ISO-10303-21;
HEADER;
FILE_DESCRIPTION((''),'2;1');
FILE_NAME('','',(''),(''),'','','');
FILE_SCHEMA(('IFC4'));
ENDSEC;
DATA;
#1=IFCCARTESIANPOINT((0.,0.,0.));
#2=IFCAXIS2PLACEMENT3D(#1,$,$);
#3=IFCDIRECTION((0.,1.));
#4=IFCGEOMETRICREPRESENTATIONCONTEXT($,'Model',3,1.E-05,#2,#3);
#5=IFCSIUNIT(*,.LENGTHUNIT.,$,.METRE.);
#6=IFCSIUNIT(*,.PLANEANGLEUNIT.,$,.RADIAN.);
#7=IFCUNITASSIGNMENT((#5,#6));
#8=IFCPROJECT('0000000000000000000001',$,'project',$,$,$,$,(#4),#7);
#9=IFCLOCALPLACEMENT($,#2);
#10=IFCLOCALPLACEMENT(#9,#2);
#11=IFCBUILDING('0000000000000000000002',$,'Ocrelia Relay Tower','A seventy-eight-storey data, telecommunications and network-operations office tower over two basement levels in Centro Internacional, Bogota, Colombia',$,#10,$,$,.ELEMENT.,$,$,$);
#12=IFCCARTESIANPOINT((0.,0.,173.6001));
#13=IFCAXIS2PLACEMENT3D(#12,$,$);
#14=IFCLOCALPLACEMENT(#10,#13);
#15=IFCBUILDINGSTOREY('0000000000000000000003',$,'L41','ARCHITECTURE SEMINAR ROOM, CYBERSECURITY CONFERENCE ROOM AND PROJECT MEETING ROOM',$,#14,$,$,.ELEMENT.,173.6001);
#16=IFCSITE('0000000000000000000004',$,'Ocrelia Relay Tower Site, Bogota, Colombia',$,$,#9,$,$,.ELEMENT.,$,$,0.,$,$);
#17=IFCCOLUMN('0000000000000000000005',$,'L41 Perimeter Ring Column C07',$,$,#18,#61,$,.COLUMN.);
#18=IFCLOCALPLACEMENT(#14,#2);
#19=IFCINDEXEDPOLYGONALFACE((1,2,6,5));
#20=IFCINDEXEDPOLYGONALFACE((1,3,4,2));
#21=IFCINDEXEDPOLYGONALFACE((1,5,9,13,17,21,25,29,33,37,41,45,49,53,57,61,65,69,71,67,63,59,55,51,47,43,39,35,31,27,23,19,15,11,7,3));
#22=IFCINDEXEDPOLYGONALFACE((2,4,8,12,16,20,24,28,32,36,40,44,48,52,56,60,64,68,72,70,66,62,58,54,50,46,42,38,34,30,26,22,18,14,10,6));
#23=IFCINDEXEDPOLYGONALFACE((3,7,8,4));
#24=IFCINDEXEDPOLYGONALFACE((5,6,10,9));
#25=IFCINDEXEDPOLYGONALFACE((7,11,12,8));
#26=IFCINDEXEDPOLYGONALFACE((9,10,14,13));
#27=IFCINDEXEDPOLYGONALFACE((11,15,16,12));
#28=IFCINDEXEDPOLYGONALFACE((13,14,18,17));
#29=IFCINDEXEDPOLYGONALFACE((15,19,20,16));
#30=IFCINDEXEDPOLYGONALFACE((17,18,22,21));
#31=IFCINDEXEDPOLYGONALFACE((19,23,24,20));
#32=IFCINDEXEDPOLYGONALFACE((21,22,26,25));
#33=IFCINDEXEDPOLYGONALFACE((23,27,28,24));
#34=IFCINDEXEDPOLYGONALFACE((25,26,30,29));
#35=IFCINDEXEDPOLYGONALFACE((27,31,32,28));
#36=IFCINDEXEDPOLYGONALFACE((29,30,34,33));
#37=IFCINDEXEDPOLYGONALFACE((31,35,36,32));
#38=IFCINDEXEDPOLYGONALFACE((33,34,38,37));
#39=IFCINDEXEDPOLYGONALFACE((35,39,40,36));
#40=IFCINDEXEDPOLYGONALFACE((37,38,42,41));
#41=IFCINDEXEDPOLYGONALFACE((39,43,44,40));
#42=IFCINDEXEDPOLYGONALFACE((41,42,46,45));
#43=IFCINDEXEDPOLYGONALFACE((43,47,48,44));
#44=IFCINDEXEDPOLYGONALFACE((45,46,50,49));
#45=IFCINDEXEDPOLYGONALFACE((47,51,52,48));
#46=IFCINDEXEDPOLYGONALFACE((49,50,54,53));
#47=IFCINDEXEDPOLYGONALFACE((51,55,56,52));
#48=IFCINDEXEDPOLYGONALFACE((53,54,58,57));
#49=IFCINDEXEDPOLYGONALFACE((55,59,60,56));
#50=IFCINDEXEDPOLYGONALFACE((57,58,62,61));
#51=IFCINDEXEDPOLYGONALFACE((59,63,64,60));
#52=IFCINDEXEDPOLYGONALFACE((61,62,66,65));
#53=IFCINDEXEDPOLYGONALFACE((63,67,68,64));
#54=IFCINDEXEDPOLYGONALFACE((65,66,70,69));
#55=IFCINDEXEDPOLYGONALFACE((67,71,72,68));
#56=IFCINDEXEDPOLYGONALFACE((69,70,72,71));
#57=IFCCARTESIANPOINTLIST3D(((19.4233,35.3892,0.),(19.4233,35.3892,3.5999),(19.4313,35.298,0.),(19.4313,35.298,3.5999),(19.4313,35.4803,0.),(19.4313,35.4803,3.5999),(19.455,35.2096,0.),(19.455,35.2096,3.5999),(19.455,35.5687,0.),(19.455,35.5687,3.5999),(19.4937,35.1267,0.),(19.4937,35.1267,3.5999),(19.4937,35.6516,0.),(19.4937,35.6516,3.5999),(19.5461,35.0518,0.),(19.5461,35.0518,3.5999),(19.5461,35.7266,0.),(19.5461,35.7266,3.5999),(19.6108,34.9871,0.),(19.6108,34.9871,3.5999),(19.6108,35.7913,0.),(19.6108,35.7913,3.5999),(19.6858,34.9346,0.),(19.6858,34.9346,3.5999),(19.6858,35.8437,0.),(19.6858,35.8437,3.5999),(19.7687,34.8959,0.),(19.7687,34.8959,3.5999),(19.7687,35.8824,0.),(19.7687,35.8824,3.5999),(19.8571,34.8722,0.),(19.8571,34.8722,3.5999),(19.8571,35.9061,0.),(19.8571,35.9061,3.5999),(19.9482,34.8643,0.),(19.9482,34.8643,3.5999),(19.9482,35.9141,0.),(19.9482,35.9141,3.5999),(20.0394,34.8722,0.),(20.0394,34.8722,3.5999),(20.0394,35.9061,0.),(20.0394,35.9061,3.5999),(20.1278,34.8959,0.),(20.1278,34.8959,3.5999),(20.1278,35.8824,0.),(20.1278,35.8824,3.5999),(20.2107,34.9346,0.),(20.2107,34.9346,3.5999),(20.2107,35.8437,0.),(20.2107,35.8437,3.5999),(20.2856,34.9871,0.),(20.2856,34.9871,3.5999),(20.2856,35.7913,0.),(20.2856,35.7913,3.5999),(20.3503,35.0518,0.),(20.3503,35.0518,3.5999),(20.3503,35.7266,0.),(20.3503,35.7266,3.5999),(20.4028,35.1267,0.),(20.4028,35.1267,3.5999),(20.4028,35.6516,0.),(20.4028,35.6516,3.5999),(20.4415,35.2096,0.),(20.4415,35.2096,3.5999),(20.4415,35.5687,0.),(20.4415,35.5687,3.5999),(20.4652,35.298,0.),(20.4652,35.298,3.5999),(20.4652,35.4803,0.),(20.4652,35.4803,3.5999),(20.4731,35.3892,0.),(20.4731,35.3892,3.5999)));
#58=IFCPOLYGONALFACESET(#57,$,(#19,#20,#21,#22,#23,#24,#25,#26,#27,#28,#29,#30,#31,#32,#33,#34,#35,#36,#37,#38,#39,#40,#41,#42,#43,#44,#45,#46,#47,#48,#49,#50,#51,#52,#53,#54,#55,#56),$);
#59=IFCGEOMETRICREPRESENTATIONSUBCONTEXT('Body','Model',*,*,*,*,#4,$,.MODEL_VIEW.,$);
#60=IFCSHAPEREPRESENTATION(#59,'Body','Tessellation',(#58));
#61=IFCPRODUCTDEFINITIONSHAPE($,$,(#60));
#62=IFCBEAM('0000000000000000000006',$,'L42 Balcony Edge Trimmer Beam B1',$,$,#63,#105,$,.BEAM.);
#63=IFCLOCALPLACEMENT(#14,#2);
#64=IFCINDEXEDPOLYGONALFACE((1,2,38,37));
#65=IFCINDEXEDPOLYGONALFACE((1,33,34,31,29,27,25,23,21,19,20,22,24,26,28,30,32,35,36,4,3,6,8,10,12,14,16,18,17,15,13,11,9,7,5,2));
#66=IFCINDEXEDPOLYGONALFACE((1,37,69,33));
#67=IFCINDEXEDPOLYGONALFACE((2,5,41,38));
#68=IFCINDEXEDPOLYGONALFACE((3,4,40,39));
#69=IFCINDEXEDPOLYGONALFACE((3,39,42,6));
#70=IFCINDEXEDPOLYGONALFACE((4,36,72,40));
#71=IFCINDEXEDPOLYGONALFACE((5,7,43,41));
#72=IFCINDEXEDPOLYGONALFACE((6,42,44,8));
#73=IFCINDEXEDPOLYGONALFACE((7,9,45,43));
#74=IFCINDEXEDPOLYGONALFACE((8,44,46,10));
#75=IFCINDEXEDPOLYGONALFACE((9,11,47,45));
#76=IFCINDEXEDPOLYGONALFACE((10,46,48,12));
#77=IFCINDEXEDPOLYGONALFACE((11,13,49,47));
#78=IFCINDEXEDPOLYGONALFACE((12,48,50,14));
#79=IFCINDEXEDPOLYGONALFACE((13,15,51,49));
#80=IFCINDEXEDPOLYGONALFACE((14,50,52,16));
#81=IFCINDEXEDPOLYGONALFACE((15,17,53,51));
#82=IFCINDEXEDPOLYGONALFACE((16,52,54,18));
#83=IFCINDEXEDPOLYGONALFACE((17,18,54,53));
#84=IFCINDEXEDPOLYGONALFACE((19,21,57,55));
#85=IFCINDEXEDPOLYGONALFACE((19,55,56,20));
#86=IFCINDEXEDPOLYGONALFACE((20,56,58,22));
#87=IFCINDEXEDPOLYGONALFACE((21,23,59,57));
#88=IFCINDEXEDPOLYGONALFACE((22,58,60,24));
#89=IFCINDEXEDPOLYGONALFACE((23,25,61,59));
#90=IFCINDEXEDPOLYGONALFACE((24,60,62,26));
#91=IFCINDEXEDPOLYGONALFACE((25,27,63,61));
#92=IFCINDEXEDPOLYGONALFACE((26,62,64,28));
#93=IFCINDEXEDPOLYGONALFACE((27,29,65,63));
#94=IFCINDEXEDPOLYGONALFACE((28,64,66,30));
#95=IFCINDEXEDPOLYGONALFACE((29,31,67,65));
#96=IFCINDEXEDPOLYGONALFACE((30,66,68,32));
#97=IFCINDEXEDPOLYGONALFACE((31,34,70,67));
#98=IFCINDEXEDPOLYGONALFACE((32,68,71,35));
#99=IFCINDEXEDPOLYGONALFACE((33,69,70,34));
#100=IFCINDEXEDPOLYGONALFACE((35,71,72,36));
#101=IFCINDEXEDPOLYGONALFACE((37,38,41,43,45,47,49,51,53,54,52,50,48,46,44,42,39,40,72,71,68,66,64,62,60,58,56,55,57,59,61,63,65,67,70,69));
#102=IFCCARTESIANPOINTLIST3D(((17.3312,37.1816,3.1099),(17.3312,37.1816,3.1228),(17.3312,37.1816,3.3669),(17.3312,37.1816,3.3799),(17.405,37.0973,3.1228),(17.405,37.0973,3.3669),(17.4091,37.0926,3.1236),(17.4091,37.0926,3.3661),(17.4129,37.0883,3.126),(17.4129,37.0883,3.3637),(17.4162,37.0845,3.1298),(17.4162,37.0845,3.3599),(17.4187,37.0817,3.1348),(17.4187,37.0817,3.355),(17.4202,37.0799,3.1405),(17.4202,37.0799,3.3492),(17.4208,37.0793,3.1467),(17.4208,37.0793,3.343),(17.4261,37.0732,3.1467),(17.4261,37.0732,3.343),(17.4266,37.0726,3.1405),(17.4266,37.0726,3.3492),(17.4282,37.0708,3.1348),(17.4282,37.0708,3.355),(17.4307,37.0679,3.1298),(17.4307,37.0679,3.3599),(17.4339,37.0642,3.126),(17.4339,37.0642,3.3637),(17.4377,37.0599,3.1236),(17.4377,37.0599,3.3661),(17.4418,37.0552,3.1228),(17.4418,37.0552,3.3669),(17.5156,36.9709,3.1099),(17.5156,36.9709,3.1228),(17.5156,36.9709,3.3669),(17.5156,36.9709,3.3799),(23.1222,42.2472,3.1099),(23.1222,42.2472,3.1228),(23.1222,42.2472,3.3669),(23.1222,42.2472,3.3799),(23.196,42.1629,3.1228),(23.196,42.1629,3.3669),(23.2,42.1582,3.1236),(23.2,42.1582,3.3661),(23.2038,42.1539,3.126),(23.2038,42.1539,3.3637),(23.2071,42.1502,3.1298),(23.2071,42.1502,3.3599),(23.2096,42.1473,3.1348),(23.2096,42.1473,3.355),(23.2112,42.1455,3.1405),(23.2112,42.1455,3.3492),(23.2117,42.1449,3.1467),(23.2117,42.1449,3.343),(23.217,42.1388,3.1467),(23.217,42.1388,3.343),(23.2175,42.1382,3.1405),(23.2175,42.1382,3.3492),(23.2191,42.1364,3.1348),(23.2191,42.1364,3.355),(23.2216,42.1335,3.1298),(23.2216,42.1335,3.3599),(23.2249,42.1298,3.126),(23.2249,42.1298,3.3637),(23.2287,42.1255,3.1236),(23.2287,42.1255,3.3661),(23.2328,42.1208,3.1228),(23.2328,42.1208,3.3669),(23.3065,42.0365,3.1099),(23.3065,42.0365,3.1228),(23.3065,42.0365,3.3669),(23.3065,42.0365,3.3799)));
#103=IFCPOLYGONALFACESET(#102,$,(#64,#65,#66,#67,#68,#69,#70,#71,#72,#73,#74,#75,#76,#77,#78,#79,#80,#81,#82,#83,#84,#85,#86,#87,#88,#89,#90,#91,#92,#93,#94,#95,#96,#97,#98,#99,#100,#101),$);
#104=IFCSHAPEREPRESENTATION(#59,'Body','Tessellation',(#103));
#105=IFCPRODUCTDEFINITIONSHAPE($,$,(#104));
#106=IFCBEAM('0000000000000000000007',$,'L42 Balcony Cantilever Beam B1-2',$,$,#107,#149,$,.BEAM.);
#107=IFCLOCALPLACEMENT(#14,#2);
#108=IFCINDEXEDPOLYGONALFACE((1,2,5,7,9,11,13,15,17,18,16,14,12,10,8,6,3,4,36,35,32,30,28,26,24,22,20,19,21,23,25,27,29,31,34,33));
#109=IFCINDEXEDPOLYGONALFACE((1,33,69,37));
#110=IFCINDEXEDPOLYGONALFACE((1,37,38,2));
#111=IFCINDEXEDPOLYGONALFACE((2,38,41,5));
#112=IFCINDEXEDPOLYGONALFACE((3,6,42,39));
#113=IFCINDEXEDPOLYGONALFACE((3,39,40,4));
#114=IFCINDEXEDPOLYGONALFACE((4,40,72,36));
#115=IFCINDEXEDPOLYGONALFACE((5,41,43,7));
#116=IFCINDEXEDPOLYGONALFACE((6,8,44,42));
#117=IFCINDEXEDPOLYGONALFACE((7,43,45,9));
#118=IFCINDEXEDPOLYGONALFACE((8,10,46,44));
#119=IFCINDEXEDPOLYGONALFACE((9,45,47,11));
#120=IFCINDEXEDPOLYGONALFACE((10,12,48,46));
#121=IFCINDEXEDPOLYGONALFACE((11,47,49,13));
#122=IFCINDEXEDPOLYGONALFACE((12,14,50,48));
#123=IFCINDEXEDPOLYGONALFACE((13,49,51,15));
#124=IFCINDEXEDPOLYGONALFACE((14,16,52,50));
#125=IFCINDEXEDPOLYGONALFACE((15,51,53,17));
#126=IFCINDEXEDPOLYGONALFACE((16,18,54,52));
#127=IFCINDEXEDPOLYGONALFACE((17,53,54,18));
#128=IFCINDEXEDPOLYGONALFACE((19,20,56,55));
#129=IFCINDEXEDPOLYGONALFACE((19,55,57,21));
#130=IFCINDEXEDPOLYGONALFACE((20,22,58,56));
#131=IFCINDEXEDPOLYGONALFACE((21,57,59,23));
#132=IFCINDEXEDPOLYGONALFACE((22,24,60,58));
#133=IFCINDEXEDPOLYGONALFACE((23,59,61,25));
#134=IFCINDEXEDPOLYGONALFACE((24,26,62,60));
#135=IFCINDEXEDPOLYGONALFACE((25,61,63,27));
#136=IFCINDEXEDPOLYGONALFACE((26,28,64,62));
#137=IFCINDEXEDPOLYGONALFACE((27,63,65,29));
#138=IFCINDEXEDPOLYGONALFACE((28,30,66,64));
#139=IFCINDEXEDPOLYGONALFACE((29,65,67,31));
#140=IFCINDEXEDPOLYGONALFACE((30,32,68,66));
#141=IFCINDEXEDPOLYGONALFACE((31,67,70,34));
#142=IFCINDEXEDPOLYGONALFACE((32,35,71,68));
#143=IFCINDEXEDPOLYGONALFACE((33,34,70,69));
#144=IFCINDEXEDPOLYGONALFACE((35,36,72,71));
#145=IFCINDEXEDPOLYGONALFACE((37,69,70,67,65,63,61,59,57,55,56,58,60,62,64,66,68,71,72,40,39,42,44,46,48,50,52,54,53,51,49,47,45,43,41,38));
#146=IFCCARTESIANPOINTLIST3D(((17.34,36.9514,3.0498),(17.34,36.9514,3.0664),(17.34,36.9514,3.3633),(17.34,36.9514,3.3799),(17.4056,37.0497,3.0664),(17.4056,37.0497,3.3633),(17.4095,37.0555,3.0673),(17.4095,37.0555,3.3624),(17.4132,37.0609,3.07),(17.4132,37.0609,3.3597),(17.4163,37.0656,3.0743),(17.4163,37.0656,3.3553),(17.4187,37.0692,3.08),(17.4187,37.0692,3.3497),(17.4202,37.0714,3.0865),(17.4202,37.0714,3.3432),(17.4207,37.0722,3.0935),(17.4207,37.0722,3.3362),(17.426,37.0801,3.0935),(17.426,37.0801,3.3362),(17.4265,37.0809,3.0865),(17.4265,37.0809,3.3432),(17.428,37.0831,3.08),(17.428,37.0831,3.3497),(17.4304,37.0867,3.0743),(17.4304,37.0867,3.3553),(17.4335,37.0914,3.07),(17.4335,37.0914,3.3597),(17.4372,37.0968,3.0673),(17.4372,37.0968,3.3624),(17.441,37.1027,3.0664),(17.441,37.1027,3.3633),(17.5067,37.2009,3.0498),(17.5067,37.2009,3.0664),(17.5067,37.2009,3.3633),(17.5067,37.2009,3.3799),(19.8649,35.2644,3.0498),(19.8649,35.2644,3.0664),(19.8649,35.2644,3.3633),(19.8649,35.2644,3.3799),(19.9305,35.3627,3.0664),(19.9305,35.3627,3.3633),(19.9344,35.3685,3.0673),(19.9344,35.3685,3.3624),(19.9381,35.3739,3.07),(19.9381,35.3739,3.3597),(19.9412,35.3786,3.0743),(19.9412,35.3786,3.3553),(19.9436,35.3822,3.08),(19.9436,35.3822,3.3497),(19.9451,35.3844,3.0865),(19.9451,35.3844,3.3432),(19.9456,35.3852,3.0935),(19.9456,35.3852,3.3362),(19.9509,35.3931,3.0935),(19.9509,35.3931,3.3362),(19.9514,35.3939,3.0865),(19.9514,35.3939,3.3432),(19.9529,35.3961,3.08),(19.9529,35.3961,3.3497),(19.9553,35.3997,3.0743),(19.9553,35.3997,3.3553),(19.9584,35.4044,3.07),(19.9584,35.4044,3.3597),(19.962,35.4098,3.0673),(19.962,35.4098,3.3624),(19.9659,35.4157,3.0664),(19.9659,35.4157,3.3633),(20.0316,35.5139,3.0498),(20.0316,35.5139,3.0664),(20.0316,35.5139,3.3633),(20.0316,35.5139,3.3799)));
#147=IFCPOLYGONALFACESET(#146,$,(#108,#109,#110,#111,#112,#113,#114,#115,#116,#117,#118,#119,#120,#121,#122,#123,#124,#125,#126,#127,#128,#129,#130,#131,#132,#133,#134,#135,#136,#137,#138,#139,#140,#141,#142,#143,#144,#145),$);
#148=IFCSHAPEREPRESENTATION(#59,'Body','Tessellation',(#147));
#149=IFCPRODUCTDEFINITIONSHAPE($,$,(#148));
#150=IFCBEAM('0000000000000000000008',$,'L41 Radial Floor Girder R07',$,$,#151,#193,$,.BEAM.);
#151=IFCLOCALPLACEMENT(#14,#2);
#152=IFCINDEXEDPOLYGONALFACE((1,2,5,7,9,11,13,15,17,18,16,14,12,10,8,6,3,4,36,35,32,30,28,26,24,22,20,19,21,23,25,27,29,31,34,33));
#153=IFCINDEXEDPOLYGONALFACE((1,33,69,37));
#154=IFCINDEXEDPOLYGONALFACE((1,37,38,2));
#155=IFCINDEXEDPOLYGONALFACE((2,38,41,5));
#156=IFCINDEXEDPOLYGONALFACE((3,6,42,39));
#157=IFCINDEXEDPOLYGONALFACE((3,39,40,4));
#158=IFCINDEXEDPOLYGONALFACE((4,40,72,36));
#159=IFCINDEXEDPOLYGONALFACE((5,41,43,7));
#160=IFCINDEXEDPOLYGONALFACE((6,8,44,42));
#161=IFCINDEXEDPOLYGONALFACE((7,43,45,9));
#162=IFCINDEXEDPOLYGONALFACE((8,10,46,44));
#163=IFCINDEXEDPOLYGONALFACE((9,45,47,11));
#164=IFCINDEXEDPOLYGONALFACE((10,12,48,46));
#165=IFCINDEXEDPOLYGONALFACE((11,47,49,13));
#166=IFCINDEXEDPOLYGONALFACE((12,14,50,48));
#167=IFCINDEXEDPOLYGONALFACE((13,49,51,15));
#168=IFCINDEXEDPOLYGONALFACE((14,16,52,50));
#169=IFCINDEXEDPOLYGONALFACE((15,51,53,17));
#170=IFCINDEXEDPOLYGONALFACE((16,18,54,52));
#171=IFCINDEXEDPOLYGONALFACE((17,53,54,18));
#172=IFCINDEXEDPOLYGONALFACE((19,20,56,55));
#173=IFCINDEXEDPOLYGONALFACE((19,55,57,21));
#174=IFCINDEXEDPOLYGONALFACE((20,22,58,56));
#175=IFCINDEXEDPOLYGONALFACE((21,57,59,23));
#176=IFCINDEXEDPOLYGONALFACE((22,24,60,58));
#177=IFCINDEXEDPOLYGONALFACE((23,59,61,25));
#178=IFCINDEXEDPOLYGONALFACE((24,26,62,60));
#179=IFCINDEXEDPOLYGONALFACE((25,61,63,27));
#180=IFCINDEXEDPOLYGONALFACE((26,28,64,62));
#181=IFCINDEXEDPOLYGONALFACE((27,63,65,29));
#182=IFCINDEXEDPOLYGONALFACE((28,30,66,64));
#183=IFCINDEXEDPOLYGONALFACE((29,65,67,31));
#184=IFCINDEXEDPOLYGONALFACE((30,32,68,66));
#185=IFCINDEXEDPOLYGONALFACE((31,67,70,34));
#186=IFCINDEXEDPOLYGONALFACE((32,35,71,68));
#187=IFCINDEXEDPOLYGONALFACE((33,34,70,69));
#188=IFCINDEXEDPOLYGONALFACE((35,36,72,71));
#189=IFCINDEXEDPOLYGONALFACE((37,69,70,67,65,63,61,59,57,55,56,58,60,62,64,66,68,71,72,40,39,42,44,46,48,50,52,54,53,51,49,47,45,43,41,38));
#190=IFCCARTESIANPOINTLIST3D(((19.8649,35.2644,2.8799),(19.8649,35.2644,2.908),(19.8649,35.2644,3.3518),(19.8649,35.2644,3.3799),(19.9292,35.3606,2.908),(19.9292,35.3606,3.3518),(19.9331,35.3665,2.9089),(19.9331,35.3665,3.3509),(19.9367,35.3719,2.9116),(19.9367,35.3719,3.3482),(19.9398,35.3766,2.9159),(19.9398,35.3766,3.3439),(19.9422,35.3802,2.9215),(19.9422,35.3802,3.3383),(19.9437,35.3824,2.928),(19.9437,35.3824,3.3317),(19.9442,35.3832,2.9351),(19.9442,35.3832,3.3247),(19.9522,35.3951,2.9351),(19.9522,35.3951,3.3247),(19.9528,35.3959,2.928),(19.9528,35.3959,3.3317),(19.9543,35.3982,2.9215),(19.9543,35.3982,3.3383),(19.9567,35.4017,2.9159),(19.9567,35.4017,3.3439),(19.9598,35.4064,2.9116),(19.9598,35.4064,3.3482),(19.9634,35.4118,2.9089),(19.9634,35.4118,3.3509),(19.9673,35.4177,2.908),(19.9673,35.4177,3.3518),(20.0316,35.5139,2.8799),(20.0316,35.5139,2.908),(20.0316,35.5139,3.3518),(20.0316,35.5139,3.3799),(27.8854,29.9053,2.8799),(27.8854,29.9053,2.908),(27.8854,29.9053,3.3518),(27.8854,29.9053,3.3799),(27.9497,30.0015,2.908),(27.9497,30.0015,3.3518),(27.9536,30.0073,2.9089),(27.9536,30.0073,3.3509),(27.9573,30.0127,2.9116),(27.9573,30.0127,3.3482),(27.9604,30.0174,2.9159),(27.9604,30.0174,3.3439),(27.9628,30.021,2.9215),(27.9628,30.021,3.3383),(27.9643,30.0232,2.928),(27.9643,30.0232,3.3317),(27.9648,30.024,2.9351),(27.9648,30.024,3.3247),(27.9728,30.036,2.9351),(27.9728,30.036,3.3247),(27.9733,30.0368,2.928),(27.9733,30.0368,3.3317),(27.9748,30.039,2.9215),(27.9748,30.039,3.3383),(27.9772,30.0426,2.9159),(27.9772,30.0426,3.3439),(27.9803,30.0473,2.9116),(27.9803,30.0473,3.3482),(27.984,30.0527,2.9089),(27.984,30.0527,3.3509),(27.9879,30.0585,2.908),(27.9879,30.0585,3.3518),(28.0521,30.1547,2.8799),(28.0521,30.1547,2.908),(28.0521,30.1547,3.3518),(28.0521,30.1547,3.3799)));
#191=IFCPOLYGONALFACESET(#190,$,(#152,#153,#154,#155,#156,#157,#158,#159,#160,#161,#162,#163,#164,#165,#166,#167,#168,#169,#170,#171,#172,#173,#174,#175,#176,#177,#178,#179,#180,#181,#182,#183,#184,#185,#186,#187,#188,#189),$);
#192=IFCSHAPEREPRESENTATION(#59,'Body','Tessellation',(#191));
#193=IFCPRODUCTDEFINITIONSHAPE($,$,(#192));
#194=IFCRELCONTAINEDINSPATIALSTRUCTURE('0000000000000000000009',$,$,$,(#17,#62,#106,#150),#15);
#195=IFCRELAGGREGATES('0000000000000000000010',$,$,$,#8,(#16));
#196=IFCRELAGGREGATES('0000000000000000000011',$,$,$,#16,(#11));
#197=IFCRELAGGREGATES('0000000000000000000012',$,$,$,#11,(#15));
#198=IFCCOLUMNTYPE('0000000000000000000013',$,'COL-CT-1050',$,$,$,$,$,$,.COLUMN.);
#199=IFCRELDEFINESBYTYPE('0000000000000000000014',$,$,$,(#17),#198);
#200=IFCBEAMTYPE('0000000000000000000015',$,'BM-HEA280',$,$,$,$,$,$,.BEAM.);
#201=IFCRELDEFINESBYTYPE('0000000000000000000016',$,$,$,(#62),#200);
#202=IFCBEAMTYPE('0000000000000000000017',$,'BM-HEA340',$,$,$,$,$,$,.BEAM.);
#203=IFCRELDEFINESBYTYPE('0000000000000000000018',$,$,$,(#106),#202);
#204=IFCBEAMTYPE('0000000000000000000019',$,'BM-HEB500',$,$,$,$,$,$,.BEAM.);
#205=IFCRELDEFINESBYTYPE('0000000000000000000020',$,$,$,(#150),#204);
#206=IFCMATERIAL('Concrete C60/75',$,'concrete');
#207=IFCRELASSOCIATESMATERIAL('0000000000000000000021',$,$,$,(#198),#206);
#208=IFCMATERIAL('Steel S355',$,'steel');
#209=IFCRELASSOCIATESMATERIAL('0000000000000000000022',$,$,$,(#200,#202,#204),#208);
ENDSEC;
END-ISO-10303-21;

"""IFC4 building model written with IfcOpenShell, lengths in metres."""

from ifc_helpers import new_model, si_unit, direction, frame, origin, origin_2d, place, context, subcontext, project, spatial, circle, i_section, extrude, material, material_profile, profile_set, type_object, element, save


model = new_model("IFC4")

# Units and contexts
model_context = context("Model", 3, precision=1e-05, world=origin(), true_north=direction((0.0, 1.0)))
body_context = subcontext(model_context, "Body", "Model", "MODEL_VIEW")
ifc_project = project(units=[si_unit("LENGTHUNIT", "METRE"), si_unit("PLANEANGLEUNIT", "RADIAN")], contexts=[model_context])

# Site, building, storey
site_placement = place(None, origin())
site = spatial("IfcSite", under=ifc_project, at=site_placement, Name="Ocrelia Relay Tower Site, Bogota, Colombia", CompositionType="ELEMENT", RefElevation=0.0)
building_placement = place(site_placement, origin())
building = spatial("IfcBuilding", under=site, at=building_placement, Name="Ocrelia Relay Tower", Description="A seventy-eight-storey data, telecommunications and network-operations office tower over two basement levels in Centro Internacional, Bogota, Colombia", CompositionType="ELEMENT")
storey_placement = place(building_placement, frame((0.0, 0.0, 173.6001)))
storey = spatial("IfcBuildingStorey", under=building, at=storey_placement, Name="L41", Description="ARCHITECTURE SEMINAR ROOM, CYBERSECURITY CONFERENCE ROOM AND PROJECT MEETING ROOM", CompositionType="ELEMENT", Elevation=173.6001)

# Column
ifc_material_1 = material(Name="Concrete C60/75", Category="concrete")
ifc_material_profile_1 = material_profile(ifc_material_1, circle(Radius=0.5249, at=origin_2d()), Name="RC-CIR-1050")
ifc_profile_set_1 = profile_set([ifc_material_profile_1], Name="Concrete C60/75")
column_type = type_object("IfcColumnType", Name="COL-CT-1050", PredefinedType="COLUMN", material=ifc_profile_set_1)
column_placement = place(storey_placement, frame((19.9482, 35.3892, 0.0), z_axis=(0.0, 0.0, 1.0), x_axis=(1.0, 0.0, 0.0)))
element("IfcColumn", 1, at=column_placement, inside=storey, type_object=column_type, Name="L41 Perimeter Ring Column C07", PredefinedType="COLUMN", context=body_context, shape_type="SweptSolid", body=[
    extrude(circle(Radius=0.5249, at=origin_2d()), origin(), (0.0, 0.0, 1.0), 3.5999),
])

# Beams
ifc_material_2 = material(Name="Steel S355", Category="steel")
ifc_material_profile_2 = material_profile(ifc_material_2, i_section(OverallWidth=0.28, OverallDepth=0.27, WebThickness=0.0081, FlangeThickness=0.0129, FilletRadius=0.0239, at=origin_2d()), Name="HEA 280")
ifc_profile_set_2 = profile_set([ifc_material_profile_2], Name="Steel S355")
beam_type_1 = type_object("IfcBeamType", Name="BM-HEA280", PredefinedType="BEAM", material=ifc_profile_set_2)
beam_1_placement = place(storey_placement, frame((23.2144, 42.1418, 3.2449), z_axis=(-0.752671, -0.658397, 0.0), x_axis=(0.658397, -0.752671, 0.0)))
element("IfcBeam", 2, at=beam_1_placement, inside=storey, type_object=beam_type_1, Name="L42 Balcony Edge Trimmer Beam B1", PredefinedType="BEAM", context=body_context, shape_type="SweptSolid", body=[
    extrude(i_section(OverallWidth=0.28, OverallDepth=0.27, WebThickness=0.0081, FlangeThickness=0.0129, FilletRadius=0.0239, at=origin_2d()), origin(), (0.0, 0.0, 1.0), 7.6938),
])
ifc_material_profile_3 = material_profile(ifc_material_2, i_section(OverallWidth=0.3, OverallDepth=0.3301, WebThickness=0.0095, FlangeThickness=0.0166, FilletRadius=0.0271, at=origin_2d()), Name="HEA 340")
ifc_profile_set_3 = profile_set([ifc_material_profile_3], Name="Steel S355")
beam_type_2 = type_object("IfcBeamType", Name="BM-HEA340", PredefinedType="BEAM", material=ifc_profile_set_3)
beam_2_placement = place(storey_placement, frame((19.9482, 35.3892, 3.2148), z_axis=(-0.831481, 0.555553, 0.0), x_axis=(-0.555553, -0.831481, 0.0)))
element("IfcBeam", 3, at=beam_2_placement, inside=storey, type_object=beam_type_2, Name="L42 Balcony Cantilever Beam B1-2", PredefinedType="BEAM", context=body_context, shape_type="SweptSolid", body=[
    extrude(i_section(OverallWidth=0.3, OverallDepth=0.3301, WebThickness=0.0095, FlangeThickness=0.0166, FilletRadius=0.0271, at=origin_2d()), origin(), (0.0, 0.0, 1.0), 3.0366),
])
ifc_material_profile_4 = material_profile(ifc_material_2, i_section(OverallWidth=0.3, OverallDepth=0.5, WebThickness=0.0144, FlangeThickness=0.0281, FilletRadius=0.0271, at=origin_2d()), Name="HEB 500")
ifc_profile_set_4 = profile_set([ifc_material_profile_4], Name="Steel S355")
beam_type_3 = type_object("IfcBeamType", Name="BM-HEB500", PredefinedType="BEAM", material=ifc_profile_set_4)
beam_3_placement = place(storey_placement, frame((19.9482, 35.3892, 3.1299), z_axis=(0.83147, -0.55557, 0.0), x_axis=(0.55557, 0.83147, 0.0)))
element("IfcBeam", 4, at=beam_3_placement, inside=storey, type_object=beam_type_3, Name="L41 Radial Floor Girder R07", PredefinedType="BEAM", context=body_context, shape_type="SweptSolid", body=[
    extrude(i_section(OverallWidth=0.3, OverallDepth=0.5, WebThickness=0.0144, FlangeThickness=0.0281, FilletRadius=0.0271, at=origin_2d()), origin(), (0.0, 0.0, 1.0), 9.6462),
])

save(model, "model.ifc")
